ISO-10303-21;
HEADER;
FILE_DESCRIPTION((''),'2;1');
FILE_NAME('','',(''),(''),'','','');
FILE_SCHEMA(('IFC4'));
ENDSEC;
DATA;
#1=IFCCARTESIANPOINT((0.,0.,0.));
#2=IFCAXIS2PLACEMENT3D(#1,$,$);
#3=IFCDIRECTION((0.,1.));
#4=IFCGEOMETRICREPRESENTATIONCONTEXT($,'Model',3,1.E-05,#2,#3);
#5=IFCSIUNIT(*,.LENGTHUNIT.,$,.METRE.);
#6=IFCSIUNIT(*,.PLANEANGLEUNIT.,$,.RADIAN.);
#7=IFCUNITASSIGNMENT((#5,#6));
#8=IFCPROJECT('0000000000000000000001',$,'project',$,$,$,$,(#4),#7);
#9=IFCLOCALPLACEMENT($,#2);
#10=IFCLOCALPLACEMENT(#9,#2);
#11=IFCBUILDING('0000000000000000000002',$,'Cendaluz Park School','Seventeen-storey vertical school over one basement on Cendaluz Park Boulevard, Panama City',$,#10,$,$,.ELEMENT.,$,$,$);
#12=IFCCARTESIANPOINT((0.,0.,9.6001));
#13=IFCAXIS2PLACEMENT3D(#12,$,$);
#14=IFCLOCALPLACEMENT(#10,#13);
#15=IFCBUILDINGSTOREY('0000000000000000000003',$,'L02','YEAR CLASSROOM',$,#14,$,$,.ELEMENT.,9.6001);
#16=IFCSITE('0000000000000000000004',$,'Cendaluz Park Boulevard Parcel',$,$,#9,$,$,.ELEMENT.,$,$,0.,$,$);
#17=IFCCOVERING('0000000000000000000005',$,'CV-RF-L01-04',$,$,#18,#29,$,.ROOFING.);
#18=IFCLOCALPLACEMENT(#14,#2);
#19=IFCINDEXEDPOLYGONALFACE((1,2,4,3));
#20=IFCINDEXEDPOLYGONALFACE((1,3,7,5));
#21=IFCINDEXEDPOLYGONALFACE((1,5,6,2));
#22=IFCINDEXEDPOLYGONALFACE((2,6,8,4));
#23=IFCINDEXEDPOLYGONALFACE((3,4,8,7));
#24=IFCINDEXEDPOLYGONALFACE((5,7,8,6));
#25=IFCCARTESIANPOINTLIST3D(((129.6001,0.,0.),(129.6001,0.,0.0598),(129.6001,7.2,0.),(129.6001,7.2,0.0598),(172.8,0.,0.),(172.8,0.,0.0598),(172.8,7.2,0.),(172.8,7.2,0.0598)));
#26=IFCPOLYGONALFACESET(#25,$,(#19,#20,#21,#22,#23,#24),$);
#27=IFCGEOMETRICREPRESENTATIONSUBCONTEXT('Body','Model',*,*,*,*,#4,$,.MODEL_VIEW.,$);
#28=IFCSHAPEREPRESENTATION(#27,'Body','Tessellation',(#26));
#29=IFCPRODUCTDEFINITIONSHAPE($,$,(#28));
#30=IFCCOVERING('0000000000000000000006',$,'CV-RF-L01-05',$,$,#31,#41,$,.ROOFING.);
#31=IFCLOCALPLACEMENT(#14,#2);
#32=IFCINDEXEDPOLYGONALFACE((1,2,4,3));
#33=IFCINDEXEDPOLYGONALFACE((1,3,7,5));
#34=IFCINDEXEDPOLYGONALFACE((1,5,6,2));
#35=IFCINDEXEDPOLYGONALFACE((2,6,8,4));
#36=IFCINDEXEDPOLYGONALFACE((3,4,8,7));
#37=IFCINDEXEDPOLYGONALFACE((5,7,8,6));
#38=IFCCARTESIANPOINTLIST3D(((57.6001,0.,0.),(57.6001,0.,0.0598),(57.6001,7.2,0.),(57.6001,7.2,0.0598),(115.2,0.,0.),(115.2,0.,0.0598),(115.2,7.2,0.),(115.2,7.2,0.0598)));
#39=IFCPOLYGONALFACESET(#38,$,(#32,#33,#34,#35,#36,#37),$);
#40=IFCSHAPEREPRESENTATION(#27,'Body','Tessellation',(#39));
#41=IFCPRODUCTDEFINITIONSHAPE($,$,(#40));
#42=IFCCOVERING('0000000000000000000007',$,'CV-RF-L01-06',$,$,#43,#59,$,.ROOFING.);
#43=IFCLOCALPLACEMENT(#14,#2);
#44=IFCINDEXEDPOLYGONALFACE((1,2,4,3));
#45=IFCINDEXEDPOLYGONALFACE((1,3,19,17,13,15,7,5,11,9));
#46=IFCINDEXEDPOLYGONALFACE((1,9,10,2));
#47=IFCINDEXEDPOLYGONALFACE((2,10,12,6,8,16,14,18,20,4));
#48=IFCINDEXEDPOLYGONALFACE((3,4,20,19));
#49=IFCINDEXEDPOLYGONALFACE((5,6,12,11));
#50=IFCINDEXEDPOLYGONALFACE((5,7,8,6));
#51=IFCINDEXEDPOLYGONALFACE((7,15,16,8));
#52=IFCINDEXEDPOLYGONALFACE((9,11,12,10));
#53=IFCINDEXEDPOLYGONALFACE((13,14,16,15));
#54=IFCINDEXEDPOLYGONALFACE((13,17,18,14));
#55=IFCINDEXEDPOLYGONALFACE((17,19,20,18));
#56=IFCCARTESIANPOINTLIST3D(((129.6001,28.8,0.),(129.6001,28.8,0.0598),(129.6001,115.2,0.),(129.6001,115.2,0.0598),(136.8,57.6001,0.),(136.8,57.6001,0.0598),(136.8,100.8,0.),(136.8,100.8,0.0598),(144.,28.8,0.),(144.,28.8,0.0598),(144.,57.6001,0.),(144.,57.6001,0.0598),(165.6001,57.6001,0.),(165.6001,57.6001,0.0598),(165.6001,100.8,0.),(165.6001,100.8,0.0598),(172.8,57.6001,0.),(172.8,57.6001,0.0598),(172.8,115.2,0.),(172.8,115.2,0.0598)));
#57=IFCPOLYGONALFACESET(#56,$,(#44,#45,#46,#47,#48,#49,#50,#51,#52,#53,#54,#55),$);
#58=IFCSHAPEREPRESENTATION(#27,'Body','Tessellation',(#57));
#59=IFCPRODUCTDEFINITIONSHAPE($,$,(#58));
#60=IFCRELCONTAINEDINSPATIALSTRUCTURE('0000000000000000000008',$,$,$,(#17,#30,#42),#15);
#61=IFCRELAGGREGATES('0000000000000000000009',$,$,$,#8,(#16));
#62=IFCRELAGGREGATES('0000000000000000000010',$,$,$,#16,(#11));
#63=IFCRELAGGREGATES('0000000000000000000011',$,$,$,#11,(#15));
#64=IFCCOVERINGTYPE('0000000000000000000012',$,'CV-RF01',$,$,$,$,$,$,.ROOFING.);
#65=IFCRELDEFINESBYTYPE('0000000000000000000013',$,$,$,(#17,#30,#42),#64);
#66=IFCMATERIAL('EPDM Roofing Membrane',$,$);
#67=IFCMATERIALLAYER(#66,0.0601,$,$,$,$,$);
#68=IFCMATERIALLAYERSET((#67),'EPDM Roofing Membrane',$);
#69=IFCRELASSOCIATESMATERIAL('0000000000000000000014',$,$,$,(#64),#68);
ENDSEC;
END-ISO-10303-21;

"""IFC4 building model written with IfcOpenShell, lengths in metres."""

from ifc_helpers import new_model, si_unit, direction, frame, origin, place, context, subcontext, project, spatial, polyline, outline, extrude, material, layer, layer_set, type_object, element, save


model = new_model("IFC4")

# Units and contexts
model_context = context("Model", 3, precision=1e-05, world=origin(), true_north=direction((0.0, 1.0)))
body_context = subcontext(model_context, "Body", "Model", "MODEL_VIEW")
ifc_project = project(units=[si_unit("LENGTHUNIT", "METRE"), si_unit("PLANEANGLEUNIT", "RADIAN")], contexts=[model_context])

# Site, building, storey
site_placement = place(None, origin())
site = spatial("IfcSite", under=ifc_project, at=site_placement, Name="Cendaluz Park Boulevard Parcel", CompositionType="ELEMENT", RefElevation=0.0)
building_placement = place(site_placement, origin())
building = spatial("IfcBuilding", under=site, at=building_placement, Name="Cendaluz Park School", Description="Seventeen-storey vertical school over one basement on Cendaluz Park Boulevard, Panama City", CompositionType="ELEMENT")
storey_placement = place(building_placement, frame((0.0, 0.0, 9.6001)))
storey = spatial("IfcBuildingStorey", under=building, at=storey_placement, Name="L02", Description="YEAR CLASSROOM", CompositionType="ELEMENT", Elevation=9.6001)

# Coverings
ifc_material_1 = material(Name="EPDM Roofing Membrane")
ifc_layer_1 = layer(ifc_material_1, 0.0601)
ifc_layer_set_1 = layer_set([ifc_layer_1], Name="EPDM Roofing Membrane")
covering_type_1 = type_object("IfcCoveringType", Name="CV-RF01", PredefinedType="ROOFING", material=ifc_layer_set_1)
covering_1_placement = place(storey_placement, origin())
element("IfcCovering", 1, at=covering_1_placement, inside=storey, type_object=covering_type_1, Name="CV-RF-L01-04", PredefinedType="ROOFING", context=body_context, shape_type="SweptSolid", body=[
    extrude(outline(polyline([(129.6001, 7.2), (172.8, 7.2), (172.8, 0.0), (129.6001, 0.0), (129.6001, 7.2)])), origin(), (0.0, 0.0, 1.0), 0.0598),
])
covering_2_placement = place(storey_placement, origin())
element("IfcCovering", 2, at=covering_2_placement, inside=storey, type_object=covering_type_1, Name="CV-RF-L01-05", PredefinedType="ROOFING", context=body_context, shape_type="SweptSolid", body=[
    extrude(outline(polyline([(115.2, 0.0), (57.6001, 0.0), (57.6001, 7.2), (115.2, 7.2), (115.2, 0.0)])), origin(), (0.0, 0.0, 1.0), 0.0598),
])
covering_3_placement = place(storey_placement, origin())
element("IfcCovering", 3, at=covering_3_placement, inside=storey, type_object=covering_type_1, Name="CV-RF-L01-06", PredefinedType="ROOFING", context=body_context, shape_type="SweptSolid", body=[
    extrude(outline(polyline([(129.6001, 115.2), (172.8, 115.2), (172.8, 57.6001), (165.6001, 57.6001), (165.6001, 100.8), (136.8, 100.8), (136.8, 57.6001), (144.0, 57.6001), (144.0, 28.8), (129.6001, 28.8), (129.6001, 115.2)])), origin(), (0.0, 0.0, 1.0), 0.0598),
])

save(model, "model.ifc")
